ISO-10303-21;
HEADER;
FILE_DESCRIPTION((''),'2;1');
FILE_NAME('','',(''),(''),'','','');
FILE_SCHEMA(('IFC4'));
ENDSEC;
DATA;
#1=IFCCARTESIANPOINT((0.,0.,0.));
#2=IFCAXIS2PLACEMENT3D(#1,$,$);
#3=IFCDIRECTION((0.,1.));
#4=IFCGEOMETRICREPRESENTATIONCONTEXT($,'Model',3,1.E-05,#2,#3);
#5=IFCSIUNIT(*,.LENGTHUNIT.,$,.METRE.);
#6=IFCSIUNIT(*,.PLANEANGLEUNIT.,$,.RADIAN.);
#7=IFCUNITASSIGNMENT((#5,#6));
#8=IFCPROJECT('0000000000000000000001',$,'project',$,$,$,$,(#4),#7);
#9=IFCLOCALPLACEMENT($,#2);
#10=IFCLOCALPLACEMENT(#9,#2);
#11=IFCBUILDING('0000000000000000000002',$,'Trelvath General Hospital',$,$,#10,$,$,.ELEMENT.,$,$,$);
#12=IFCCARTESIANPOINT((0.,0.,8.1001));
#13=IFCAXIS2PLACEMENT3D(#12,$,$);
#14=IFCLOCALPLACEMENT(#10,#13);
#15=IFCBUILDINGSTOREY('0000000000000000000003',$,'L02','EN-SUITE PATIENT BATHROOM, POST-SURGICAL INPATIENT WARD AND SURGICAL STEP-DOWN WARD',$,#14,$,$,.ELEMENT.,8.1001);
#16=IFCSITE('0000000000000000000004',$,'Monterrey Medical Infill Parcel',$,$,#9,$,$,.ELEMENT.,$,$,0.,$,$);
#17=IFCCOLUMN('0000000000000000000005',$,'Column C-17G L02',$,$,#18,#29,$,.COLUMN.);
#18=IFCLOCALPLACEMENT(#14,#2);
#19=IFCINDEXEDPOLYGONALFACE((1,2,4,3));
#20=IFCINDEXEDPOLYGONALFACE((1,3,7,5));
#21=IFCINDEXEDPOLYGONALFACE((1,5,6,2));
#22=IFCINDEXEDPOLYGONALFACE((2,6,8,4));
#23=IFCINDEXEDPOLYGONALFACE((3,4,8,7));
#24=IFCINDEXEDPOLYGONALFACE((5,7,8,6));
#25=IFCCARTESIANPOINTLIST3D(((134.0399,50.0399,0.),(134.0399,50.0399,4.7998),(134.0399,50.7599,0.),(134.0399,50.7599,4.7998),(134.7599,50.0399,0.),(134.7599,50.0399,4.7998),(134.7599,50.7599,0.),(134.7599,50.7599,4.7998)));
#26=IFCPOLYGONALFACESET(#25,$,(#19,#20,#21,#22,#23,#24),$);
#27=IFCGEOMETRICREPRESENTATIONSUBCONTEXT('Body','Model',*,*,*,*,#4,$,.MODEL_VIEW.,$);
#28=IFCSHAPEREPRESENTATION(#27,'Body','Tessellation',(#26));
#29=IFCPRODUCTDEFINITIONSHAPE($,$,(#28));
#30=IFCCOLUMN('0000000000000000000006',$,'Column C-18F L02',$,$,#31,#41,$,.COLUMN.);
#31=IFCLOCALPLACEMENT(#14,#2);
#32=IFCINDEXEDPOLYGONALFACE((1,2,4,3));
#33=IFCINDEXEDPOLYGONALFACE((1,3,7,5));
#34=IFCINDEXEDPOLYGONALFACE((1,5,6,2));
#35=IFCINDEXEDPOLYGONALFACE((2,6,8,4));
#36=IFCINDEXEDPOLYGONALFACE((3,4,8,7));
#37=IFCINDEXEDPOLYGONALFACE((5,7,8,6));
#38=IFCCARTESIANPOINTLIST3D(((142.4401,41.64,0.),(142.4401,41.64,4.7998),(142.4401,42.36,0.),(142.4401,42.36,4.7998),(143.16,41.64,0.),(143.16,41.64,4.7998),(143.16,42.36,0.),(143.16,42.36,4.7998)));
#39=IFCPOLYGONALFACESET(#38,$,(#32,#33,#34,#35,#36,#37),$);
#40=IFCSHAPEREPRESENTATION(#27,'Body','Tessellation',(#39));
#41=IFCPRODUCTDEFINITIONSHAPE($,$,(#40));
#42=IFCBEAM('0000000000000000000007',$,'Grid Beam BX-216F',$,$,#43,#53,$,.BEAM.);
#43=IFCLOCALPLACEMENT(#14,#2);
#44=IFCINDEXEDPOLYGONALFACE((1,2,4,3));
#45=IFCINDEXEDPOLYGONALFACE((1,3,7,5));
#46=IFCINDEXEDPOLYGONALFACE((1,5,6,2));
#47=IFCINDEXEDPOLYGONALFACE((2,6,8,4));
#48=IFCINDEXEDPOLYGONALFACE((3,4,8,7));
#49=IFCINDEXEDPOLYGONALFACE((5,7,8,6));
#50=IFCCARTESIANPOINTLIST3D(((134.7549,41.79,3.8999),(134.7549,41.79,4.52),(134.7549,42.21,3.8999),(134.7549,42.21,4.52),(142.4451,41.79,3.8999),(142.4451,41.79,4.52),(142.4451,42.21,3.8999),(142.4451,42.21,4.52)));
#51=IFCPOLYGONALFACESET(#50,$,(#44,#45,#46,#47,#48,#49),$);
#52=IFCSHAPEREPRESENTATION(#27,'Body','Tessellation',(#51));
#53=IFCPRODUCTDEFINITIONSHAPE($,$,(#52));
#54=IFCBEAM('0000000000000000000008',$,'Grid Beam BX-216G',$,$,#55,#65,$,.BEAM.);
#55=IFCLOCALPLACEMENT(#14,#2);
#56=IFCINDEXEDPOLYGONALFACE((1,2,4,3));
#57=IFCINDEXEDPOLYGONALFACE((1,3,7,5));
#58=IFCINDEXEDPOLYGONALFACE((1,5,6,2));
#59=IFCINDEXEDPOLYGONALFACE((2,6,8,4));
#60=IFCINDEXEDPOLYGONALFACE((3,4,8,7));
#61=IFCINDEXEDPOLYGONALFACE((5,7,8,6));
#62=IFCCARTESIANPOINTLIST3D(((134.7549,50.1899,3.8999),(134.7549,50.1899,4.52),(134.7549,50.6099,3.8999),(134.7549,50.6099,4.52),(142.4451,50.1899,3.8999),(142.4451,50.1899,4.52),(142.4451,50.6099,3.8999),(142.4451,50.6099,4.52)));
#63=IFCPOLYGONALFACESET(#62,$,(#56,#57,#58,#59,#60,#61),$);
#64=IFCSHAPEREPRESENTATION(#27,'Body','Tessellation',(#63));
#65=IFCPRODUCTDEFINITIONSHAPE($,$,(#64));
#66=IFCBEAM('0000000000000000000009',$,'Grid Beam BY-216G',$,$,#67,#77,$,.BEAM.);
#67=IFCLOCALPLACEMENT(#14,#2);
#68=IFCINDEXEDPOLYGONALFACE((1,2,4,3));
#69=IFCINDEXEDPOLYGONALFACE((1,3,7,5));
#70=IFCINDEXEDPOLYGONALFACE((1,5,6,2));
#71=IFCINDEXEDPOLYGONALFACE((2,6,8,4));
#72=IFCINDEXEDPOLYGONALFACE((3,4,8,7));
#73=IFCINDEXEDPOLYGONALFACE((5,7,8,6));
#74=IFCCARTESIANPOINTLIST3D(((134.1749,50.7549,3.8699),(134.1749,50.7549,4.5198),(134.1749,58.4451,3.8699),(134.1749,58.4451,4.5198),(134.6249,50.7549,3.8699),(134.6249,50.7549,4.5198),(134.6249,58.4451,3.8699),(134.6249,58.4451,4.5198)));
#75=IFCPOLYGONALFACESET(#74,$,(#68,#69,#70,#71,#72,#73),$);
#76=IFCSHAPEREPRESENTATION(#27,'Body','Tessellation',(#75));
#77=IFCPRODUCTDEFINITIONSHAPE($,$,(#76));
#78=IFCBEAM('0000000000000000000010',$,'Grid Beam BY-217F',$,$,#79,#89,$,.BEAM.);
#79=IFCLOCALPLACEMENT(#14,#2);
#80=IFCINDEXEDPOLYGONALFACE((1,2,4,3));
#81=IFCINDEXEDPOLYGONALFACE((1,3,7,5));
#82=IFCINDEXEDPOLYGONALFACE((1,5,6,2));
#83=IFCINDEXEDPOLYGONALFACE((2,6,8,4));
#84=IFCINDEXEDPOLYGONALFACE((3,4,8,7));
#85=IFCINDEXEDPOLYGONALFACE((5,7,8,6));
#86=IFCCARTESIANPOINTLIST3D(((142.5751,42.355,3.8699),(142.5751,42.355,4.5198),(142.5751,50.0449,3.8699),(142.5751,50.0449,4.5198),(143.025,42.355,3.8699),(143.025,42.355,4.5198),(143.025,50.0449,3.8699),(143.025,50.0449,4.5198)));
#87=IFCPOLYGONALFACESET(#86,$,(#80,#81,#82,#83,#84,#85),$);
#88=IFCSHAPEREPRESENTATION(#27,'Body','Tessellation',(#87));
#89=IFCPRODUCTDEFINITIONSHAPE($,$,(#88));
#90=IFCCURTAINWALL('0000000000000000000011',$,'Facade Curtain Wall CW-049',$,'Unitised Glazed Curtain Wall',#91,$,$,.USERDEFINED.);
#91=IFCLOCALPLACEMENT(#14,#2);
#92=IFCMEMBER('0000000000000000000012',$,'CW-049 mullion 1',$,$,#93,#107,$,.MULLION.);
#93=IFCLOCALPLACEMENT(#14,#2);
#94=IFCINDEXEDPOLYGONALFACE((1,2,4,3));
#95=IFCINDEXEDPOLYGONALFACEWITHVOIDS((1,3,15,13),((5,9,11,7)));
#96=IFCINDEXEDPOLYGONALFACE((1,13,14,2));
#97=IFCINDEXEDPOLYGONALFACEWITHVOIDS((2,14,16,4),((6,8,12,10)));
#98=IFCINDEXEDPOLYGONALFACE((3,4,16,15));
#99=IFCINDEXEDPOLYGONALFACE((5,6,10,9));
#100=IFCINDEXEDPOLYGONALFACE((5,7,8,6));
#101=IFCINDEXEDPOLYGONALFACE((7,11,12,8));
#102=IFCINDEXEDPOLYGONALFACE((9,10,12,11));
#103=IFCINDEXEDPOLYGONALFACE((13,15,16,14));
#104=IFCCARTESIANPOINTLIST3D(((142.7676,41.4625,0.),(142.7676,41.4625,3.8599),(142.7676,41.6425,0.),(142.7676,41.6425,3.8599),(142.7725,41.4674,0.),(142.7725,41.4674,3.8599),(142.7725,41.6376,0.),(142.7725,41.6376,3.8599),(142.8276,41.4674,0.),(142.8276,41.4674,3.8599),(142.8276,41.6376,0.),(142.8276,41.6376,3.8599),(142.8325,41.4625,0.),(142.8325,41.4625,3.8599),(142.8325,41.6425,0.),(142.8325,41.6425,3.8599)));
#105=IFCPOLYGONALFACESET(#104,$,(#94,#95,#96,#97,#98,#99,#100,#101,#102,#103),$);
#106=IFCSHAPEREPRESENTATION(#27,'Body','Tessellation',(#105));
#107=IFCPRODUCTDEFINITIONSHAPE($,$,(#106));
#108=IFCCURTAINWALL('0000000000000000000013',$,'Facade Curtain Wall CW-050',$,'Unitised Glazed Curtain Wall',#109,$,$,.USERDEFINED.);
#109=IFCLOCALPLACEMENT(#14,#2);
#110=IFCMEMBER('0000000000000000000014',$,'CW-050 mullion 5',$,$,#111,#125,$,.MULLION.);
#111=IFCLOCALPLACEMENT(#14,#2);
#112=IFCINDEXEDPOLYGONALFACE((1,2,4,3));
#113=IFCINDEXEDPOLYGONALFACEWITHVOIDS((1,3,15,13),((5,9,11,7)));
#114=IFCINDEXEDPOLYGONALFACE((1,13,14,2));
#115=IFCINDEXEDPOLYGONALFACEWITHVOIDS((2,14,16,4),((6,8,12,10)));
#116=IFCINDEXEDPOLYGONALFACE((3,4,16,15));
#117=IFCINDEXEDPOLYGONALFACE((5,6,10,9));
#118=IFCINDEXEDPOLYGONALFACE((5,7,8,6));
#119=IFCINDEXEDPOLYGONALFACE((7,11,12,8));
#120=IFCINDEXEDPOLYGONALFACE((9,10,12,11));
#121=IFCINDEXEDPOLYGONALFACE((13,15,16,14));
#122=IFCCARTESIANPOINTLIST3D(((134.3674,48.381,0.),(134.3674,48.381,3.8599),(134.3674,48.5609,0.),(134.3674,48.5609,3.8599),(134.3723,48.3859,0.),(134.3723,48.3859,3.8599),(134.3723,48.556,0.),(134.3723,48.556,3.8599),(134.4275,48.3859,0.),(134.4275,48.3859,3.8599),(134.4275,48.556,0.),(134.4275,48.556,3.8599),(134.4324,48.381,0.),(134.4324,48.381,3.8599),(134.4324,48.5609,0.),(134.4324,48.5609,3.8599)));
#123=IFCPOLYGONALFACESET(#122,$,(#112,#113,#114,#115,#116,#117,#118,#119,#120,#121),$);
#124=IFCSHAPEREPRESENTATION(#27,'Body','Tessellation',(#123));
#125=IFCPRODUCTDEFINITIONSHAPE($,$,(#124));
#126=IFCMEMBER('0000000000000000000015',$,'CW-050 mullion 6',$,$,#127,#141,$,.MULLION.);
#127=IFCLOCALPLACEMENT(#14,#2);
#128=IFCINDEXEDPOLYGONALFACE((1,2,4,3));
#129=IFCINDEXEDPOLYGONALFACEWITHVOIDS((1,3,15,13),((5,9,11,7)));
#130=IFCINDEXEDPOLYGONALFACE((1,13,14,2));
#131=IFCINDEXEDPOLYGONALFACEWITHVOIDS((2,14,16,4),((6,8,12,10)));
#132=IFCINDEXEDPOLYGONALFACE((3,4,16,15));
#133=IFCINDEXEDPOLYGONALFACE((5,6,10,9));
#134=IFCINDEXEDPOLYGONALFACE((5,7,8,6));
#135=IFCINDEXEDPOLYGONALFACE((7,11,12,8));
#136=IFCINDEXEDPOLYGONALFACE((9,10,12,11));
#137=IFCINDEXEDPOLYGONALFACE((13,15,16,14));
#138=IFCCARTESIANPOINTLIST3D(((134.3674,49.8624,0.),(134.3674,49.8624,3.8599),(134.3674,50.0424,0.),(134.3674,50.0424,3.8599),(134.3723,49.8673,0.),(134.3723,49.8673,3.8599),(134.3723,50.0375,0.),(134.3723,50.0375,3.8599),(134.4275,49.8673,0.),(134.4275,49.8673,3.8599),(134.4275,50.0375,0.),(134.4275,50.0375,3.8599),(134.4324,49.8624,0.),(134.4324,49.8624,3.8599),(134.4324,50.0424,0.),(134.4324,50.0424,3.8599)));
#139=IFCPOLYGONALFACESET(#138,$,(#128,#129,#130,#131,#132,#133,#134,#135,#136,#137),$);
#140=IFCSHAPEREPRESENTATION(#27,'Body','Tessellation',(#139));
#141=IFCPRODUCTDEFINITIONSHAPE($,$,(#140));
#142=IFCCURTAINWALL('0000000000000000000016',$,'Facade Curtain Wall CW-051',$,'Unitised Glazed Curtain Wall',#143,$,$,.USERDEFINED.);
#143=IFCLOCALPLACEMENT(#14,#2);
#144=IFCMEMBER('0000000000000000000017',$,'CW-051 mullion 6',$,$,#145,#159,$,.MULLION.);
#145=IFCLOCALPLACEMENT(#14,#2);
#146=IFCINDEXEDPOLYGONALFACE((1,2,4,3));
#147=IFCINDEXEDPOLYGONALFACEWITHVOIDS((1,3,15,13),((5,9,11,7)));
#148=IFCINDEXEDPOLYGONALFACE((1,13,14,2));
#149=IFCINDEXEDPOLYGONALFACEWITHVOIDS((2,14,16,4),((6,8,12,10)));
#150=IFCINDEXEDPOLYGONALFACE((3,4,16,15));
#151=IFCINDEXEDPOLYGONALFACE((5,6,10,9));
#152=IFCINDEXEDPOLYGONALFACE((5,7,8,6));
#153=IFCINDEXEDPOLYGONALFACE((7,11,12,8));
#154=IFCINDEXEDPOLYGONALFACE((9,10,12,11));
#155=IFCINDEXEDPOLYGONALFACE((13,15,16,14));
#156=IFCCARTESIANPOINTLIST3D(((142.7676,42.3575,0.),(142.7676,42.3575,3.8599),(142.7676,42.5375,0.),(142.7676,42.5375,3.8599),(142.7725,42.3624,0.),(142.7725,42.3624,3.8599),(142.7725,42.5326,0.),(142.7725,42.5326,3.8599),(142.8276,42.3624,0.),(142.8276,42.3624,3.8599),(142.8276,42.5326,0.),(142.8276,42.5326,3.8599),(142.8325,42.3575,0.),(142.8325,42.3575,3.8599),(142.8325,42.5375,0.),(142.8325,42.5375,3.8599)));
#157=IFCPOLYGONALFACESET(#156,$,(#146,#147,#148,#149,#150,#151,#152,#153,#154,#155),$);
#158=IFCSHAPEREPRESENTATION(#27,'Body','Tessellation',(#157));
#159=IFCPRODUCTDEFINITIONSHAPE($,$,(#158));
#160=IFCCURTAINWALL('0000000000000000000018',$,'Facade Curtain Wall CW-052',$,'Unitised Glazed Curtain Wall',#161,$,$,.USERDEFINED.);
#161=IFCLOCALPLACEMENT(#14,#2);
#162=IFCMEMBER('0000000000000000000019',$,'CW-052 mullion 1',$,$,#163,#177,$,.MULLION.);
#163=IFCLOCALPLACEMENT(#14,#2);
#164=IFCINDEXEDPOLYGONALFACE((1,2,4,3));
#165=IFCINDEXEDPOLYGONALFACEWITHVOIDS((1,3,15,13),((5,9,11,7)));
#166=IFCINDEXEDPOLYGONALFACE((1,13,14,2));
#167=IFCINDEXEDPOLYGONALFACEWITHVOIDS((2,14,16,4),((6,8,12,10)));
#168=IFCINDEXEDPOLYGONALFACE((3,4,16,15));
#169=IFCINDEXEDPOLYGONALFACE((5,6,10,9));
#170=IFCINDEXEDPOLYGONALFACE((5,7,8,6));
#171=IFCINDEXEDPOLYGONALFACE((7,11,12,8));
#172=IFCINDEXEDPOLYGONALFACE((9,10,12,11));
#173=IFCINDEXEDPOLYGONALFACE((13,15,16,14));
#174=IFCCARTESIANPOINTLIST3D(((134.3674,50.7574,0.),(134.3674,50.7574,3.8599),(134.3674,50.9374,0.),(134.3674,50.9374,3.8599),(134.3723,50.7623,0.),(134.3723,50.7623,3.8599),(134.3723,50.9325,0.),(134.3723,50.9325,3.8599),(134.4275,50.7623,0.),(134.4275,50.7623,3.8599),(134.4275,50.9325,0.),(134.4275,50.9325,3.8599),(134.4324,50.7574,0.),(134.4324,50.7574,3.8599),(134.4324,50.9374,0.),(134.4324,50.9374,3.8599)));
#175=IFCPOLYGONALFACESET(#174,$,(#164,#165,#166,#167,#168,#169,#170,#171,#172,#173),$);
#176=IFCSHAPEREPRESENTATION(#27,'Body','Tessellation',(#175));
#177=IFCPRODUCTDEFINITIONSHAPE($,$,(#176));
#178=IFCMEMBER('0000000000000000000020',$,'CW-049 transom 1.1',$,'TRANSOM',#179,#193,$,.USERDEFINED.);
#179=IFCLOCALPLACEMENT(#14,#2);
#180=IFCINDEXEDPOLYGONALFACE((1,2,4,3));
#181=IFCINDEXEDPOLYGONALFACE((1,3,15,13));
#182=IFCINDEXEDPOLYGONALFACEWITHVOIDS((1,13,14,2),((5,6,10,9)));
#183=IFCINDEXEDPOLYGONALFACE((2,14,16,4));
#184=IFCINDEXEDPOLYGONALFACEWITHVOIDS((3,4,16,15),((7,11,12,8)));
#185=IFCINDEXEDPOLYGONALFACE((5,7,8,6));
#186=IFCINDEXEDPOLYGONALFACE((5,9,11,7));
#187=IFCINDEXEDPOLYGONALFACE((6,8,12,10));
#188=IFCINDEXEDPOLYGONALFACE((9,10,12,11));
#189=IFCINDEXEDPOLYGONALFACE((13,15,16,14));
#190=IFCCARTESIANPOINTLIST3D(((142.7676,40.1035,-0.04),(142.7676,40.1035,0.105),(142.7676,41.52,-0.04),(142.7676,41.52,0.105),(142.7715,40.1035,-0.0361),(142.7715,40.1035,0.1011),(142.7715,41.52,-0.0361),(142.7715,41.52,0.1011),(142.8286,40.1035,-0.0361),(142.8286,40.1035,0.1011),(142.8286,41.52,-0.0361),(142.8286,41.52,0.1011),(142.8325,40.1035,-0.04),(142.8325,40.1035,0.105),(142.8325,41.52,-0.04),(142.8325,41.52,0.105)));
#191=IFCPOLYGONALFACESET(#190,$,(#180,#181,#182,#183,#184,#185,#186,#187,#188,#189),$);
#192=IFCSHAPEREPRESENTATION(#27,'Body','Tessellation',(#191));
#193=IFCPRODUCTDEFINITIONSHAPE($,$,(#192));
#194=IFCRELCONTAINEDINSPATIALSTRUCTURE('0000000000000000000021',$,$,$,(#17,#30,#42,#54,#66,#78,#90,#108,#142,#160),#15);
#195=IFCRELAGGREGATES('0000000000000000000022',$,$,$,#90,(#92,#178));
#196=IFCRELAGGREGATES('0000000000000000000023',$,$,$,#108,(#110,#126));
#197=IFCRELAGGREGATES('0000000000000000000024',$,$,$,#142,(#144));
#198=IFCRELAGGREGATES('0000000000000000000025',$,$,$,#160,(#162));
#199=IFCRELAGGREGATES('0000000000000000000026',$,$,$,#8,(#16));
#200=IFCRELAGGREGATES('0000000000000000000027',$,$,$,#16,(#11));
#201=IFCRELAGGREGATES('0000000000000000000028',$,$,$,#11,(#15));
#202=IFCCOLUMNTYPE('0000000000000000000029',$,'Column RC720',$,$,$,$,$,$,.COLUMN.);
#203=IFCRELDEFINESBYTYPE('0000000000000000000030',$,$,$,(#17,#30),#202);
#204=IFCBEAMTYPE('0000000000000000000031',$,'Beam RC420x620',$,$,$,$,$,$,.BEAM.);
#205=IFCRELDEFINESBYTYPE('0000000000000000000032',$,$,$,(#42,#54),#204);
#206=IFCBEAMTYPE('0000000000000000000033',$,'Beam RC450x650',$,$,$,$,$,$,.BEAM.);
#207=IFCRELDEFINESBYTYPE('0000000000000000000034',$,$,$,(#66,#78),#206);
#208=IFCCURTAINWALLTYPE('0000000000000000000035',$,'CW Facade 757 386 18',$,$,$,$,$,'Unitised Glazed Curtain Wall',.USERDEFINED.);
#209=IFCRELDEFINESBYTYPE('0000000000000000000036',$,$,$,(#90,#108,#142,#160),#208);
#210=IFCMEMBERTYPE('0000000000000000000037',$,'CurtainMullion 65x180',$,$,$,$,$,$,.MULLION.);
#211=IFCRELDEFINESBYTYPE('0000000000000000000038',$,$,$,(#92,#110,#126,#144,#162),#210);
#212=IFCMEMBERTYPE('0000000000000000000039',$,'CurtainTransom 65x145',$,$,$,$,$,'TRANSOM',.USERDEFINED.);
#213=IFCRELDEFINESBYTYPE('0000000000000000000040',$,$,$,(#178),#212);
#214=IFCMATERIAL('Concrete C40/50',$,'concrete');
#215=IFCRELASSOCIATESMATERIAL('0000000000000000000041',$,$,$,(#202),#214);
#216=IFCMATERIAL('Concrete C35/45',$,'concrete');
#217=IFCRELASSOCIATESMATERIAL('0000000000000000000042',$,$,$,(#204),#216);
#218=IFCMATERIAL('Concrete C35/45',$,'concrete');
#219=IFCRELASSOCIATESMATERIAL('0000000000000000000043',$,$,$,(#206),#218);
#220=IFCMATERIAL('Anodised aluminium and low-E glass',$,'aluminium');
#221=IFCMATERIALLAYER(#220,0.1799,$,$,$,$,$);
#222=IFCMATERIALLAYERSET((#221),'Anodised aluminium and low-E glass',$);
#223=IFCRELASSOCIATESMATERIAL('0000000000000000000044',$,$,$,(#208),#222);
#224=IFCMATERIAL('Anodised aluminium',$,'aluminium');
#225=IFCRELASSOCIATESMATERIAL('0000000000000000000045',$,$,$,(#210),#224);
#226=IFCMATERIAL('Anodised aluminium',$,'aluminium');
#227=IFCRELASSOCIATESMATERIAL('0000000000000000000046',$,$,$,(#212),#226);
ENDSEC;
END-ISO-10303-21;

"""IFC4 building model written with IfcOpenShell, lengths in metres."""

from ifc_helpers import new_model, si_unit, direction, frame, origin, origin_2d, place, context, subcontext, project, spatial, rectangle, hollow_rectangle, extrude, material, layer, layer_set, material_profile, profile_set, type_object, element, aggregate, save


model = new_model("IFC4")

# Units and contexts
model_context = context("Model", 3, precision=1e-05, world=origin(), true_north=direction((0.0, 1.0)))
body_context = subcontext(model_context, "Body", "Model", "MODEL_VIEW")
ifc_project = project(units=[si_unit("LENGTHUNIT", "METRE"), si_unit("PLANEANGLEUNIT", "RADIAN")], contexts=[model_context])

# Site, building, storey
site_placement = place(None, origin())
site = spatial("IfcSite", under=ifc_project, at=site_placement, Name="Monterrey Medical Infill Parcel", CompositionType="ELEMENT", RefElevation=0.0)
building_placement = place(site_placement, origin())
building = spatial("IfcBuilding", under=site, at=building_placement, Name="Trelvath General Hospital", CompositionType="ELEMENT")
storey_placement = place(building_placement, frame((0.0, 0.0, 8.1001)))
storey = spatial("IfcBuildingStorey", under=building, at=storey_placement, Name="L02", Description="EN-SUITE PATIENT BATHROOM, POST-SURGICAL INPATIENT WARD AND SURGICAL STEP-DOWN WARD", CompositionType="ELEMENT", Elevation=8.1001)

# Columns
ifc_material_1 = material(Name="Concrete C40/50", Category="concrete")
ifc_material_profile_1 = material_profile(ifc_material_1, rectangle(XDim=0.72, YDim=0.72, at=origin_2d()), Name="RC720x720")
ifc_profile_set_1 = profile_set([ifc_material_profile_1], Name="Concrete C40/50")
column_type = type_object("IfcColumnType", Name="Column RC720", PredefinedType="COLUMN", material=ifc_profile_set_1)
for number, where, z_axis, x_axis, name in (
    (1, (134.3999, 50.3999, 0.0), (0.0, 0.0, 1.0), (1.0, 0.0, 0.0), "Column C-17G L02"),
    (2, (142.8, 42.0, 0.0), (0.0, 0.0, 1.0), (1.0, 0.0, 0.0), "Column C-18F L02"),
):
    element("IfcColumn", number, at=place(storey_placement, frame(where, z_axis=z_axis, x_axis=x_axis)), inside=storey, type_object=column_type, Name=name, PredefinedType="COLUMN", context=body_context, shape_type="SweptSolid", body=[
        extrude(rectangle(XDim=0.72, YDim=0.72, at=origin_2d()), origin(), (0.0, 0.0, 1.0), 4.7998),
    ])

# Beams
ifc_material_2 = material(Name="Concrete C35/45", Category="concrete")
ifc_material_profile_2 = material_profile(ifc_material_2, rectangle(XDim=0.4199, YDim=0.6201, at=origin_2d()), Name="RCB420x620")
ifc_profile_set_2 = profile_set([ifc_material_profile_2], Name="Concrete C35/45")
beam_type_1 = type_object("IfcBeamType", Name="Beam RC420x620", PredefinedType="BEAM", material=ifc_profile_set_2)
for number, where, z_axis, x_axis, name in (
    (3, (134.7549, 42.0, 4.21), (1.0, 0.0, 0.0), (0.0, 1.0, 0.0), "Grid Beam BX-216F"),
    (4, (134.7549, 50.3999, 4.21), (1.0, 0.0, 0.0), (0.0, 1.0, 0.0), "Grid Beam BX-216G"),
):
    element("IfcBeam", number, at=place(storey_placement, frame(where, z_axis=z_axis, x_axis=x_axis)), inside=storey, type_object=beam_type_1, Name=name, PredefinedType="BEAM", context=body_context, shape_type="SweptSolid", body=[
        extrude(rectangle(XDim=0.4199, YDim=0.6201, at=origin_2d()), origin(), (0.0, 0.0, 1.0), 7.6902),
    ])
ifc_material_3 = material(Name="Concrete C35/45", Category="concrete")
ifc_material_profile_3 = material_profile(ifc_material_3, rectangle(XDim=0.45, YDim=0.6499, at=origin_2d()), Name="RCB450x650")
ifc_profile_set_3 = profile_set([ifc_material_profile_3], Name="Concrete C35/45")
beam_type_2 = type_object("IfcBeamType", Name="Beam RC450x650", PredefinedType="BEAM", material=ifc_profile_set_3)
beam_1_placement = place(storey_placement, frame((134.3999, 50.7549, 4.1948), z_axis=(0.0, 1.0, 0.0), x_axis=(-1.0, 0.0, 0.0)))
element("IfcBeam", 5, at=beam_1_placement, inside=storey, type_object=beam_type_2, Name="Grid Beam BY-216G", PredefinedType="BEAM", context=body_context, shape_type="SweptSolid", body=[
    extrude(rectangle(XDim=0.45, YDim=0.6499, at=origin_2d()), origin(), (0.0, 0.0, 1.0), 7.6902),
])
beam_2_placement = place(storey_placement, frame((142.8, 42.355, 4.1948), z_axis=(0.0, 1.0, 0.0), x_axis=(-1.0, 0.0, 0.0)))
element("IfcBeam", 6, at=beam_2_placement, inside=storey, type_object=beam_type_2, Name="Grid Beam BY-217F", PredefinedType="BEAM", context=body_context, shape_type="SweptSolid", body=[
    extrude(rectangle(XDim=0.45, YDim=0.6499, at=origin_2d()), origin(), (0.0, 0.0, 1.0), 7.6899),
])

# Curtain wall, member
ifc_material_4 = material(Name="Anodised aluminium and low-E glass", Category="aluminium")
ifc_layer_1 = layer(ifc_material_4, 0.1799)
ifc_layer_set_1 = layer_set([ifc_layer_1], Name="Anodised aluminium and low-E glass")
curtain_wall_type = type_object("IfcCurtainWallType", Name="CW Facade 757 386 18", ElementType="Unitised Glazed Curtain Wall", PredefinedType="USERDEFINED", material=ifc_layer_set_1)
curtain_wall_1_placement = place(storey_placement, origin())
curtain_wall_1 = element("IfcCurtainWall", 7, at=curtain_wall_1_placement, inside=storey, type_object=curtain_wall_type, Name="Facade Curtain Wall CW-049", ObjectType="Unitised Glazed Curtain Wall", PredefinedType="USERDEFINED")
ifc_material_5 = material(Name="Anodised aluminium", Category="aluminium")
ifc_material_profile_4 = material_profile(ifc_material_5, hollow_rectangle(XDim=0.0649, YDim=0.1799, WallThickness=0.0049, at=origin_2d()), Name="RHS65x180x5")
ifc_profile_set_4 = profile_set([ifc_material_profile_4], Name="Anodised aluminium")
member_type_1 = type_object("IfcMemberType", Name="CurtainMullion 65x180", PredefinedType="MULLION", material=ifc_profile_set_4)
member_1_placement = place(storey_placement, frame((142.8, 41.5525, 0.0), z_axis=(0.0, 0.0, 1.0), x_axis=(1.0, 0.0, 0.0)))
member_1 = element("IfcMember", 8, at=member_1_placement, type_object=member_type_1, Name="CW-049 mullion 1", PredefinedType="MULLION", context=body_context, shape_type="SweptSolid", body=[
    extrude(hollow_rectangle(XDim=0.0649, YDim=0.1799, WallThickness=0.0049, at=origin_2d()), origin(), (0.0, 0.0, 1.0), 3.8599),
])

# Curtain wall, members
curtain_wall_2_placement = place(storey_placement, origin())
curtain_wall_2 = element("IfcCurtainWall", 9, at=curtain_wall_2_placement, inside=storey, type_object=curtain_wall_type, Name="Facade Curtain Wall CW-050", ObjectType="Unitised Glazed Curtain Wall", PredefinedType="USERDEFINED")
member_2_placement = place(storey_placement, frame((134.3999, 48.4709, 0.0), z_axis=(0.0, 0.0, 1.0), x_axis=(-1.0, 0.0, 0.0)))
member_2 = element("IfcMember", 10, at=member_2_placement, type_object=member_type_1, Name="CW-050 mullion 5", PredefinedType="MULLION", context=body_context, shape_type="SweptSolid", body=[
    extrude(hollow_rectangle(XDim=0.0649, YDim=0.1799, WallThickness=0.0049, at=origin_2d()), origin(), (0.0, 0.0, 1.0), 3.8599),
])
member_3_placement = place(storey_placement, frame((134.3999, 49.9524, 0.0), z_axis=(0.0, 0.0, 1.0), x_axis=(-1.0, 0.0, 0.0)))
member_3 = element("IfcMember", 11, at=member_3_placement, type_object=member_type_1, Name="CW-050 mullion 6", PredefinedType="MULLION", context=body_context, shape_type="SweptSolid", body=[
    extrude(hollow_rectangle(XDim=0.0649, YDim=0.1799, WallThickness=0.0049, at=origin_2d()), origin(), (0.0, 0.0, 1.0), 3.8599),
])

# Curtain walls, members
curtain_wall_3_placement = place(storey_placement, origin())
curtain_wall_3 = element("IfcCurtainWall", 12, at=curtain_wall_3_placement, inside=storey, type_object=curtain_wall_type, Name="Facade Curtain Wall CW-051", ObjectType="Unitised Glazed Curtain Wall", PredefinedType="USERDEFINED")
member_4_placement = place(storey_placement, frame((142.8, 42.4475, 0.0), z_axis=(0.0, 0.0, 1.0), x_axis=(1.0, 0.0, 0.0)))
member_4 = element("IfcMember", 13, at=member_4_placement, type_object=member_type_1, Name="CW-051 mullion 6", PredefinedType="MULLION", context=body_context, shape_type="SweptSolid", body=[
    extrude(hollow_rectangle(XDim=0.0649, YDim=0.1799, WallThickness=0.0049, at=origin_2d()), origin(), (0.0, 0.0, 1.0), 3.8599),
])
curtain_wall_4_placement = place(storey_placement, origin())
curtain_wall_4 = element("IfcCurtainWall", 14, at=curtain_wall_4_placement, inside=storey, type_object=curtain_wall_type, Name="Facade Curtain Wall CW-052", ObjectType="Unitised Glazed Curtain Wall", PredefinedType="USERDEFINED")
member_5_placement = place(storey_placement, frame((134.3999, 50.8474, 0.0), z_axis=(0.0, 0.0, 1.0), x_axis=(-1.0, 0.0, 0.0)))
member_5 = element("IfcMember", 15, at=member_5_placement, type_object=member_type_1, Name="CW-052 mullion 1", PredefinedType="MULLION", context=body_context, shape_type="SweptSolid", body=[
    extrude(hollow_rectangle(XDim=0.0649, YDim=0.1799, WallThickness=0.0049, at=origin_2d()), origin(), (0.0, 0.0, 1.0), 3.8599),
])

# Member
ifc_material_6 = material(Name="Anodised aluminium", Category="aluminium")
ifc_material_profile_5 = material_profile(ifc_material_6, hollow_rectangle(XDim=0.0649, YDim=0.145, WallThickness=0.0039, at=origin_2d()), Name="RHS65x145x4")
ifc_profile_set_5 = profile_set([ifc_material_profile_5], Name="Anodised aluminium")
member_type_2 = type_object("IfcMemberType", Name="CurtainTransom 65x145", ElementType="TRANSOM", PredefinedType="USERDEFINED", material=ifc_profile_set_5)
member_6_placement = place(storey_placement, frame((142.8, 41.52, 0.0325), z_axis=(0.0, -1.0, 0.0), x_axis=(1.0, 0.0, 0.0)))
member_6 = element("IfcMember", 16, at=member_6_placement, type_object=member_type_2, Name="CW-049 transom 1.1", ObjectType="TRANSOM", PredefinedType="USERDEFINED", context=body_context, shape_type="SweptSolid", body=[
    extrude(hollow_rectangle(XDim=0.0649, YDim=0.145, WallThickness=0.0039, at=origin_2d()), origin(), (0.0, 0.0, 1.0), 1.4165),
])

aggregate(curtain_wall_1, [member_1, member_6])
aggregate(curtain_wall_2, [member_2, member_3])
aggregate(curtain_wall_3, [member_4])
aggregate(curtain_wall_4, [member_5])

save(model, "model.ifc")
